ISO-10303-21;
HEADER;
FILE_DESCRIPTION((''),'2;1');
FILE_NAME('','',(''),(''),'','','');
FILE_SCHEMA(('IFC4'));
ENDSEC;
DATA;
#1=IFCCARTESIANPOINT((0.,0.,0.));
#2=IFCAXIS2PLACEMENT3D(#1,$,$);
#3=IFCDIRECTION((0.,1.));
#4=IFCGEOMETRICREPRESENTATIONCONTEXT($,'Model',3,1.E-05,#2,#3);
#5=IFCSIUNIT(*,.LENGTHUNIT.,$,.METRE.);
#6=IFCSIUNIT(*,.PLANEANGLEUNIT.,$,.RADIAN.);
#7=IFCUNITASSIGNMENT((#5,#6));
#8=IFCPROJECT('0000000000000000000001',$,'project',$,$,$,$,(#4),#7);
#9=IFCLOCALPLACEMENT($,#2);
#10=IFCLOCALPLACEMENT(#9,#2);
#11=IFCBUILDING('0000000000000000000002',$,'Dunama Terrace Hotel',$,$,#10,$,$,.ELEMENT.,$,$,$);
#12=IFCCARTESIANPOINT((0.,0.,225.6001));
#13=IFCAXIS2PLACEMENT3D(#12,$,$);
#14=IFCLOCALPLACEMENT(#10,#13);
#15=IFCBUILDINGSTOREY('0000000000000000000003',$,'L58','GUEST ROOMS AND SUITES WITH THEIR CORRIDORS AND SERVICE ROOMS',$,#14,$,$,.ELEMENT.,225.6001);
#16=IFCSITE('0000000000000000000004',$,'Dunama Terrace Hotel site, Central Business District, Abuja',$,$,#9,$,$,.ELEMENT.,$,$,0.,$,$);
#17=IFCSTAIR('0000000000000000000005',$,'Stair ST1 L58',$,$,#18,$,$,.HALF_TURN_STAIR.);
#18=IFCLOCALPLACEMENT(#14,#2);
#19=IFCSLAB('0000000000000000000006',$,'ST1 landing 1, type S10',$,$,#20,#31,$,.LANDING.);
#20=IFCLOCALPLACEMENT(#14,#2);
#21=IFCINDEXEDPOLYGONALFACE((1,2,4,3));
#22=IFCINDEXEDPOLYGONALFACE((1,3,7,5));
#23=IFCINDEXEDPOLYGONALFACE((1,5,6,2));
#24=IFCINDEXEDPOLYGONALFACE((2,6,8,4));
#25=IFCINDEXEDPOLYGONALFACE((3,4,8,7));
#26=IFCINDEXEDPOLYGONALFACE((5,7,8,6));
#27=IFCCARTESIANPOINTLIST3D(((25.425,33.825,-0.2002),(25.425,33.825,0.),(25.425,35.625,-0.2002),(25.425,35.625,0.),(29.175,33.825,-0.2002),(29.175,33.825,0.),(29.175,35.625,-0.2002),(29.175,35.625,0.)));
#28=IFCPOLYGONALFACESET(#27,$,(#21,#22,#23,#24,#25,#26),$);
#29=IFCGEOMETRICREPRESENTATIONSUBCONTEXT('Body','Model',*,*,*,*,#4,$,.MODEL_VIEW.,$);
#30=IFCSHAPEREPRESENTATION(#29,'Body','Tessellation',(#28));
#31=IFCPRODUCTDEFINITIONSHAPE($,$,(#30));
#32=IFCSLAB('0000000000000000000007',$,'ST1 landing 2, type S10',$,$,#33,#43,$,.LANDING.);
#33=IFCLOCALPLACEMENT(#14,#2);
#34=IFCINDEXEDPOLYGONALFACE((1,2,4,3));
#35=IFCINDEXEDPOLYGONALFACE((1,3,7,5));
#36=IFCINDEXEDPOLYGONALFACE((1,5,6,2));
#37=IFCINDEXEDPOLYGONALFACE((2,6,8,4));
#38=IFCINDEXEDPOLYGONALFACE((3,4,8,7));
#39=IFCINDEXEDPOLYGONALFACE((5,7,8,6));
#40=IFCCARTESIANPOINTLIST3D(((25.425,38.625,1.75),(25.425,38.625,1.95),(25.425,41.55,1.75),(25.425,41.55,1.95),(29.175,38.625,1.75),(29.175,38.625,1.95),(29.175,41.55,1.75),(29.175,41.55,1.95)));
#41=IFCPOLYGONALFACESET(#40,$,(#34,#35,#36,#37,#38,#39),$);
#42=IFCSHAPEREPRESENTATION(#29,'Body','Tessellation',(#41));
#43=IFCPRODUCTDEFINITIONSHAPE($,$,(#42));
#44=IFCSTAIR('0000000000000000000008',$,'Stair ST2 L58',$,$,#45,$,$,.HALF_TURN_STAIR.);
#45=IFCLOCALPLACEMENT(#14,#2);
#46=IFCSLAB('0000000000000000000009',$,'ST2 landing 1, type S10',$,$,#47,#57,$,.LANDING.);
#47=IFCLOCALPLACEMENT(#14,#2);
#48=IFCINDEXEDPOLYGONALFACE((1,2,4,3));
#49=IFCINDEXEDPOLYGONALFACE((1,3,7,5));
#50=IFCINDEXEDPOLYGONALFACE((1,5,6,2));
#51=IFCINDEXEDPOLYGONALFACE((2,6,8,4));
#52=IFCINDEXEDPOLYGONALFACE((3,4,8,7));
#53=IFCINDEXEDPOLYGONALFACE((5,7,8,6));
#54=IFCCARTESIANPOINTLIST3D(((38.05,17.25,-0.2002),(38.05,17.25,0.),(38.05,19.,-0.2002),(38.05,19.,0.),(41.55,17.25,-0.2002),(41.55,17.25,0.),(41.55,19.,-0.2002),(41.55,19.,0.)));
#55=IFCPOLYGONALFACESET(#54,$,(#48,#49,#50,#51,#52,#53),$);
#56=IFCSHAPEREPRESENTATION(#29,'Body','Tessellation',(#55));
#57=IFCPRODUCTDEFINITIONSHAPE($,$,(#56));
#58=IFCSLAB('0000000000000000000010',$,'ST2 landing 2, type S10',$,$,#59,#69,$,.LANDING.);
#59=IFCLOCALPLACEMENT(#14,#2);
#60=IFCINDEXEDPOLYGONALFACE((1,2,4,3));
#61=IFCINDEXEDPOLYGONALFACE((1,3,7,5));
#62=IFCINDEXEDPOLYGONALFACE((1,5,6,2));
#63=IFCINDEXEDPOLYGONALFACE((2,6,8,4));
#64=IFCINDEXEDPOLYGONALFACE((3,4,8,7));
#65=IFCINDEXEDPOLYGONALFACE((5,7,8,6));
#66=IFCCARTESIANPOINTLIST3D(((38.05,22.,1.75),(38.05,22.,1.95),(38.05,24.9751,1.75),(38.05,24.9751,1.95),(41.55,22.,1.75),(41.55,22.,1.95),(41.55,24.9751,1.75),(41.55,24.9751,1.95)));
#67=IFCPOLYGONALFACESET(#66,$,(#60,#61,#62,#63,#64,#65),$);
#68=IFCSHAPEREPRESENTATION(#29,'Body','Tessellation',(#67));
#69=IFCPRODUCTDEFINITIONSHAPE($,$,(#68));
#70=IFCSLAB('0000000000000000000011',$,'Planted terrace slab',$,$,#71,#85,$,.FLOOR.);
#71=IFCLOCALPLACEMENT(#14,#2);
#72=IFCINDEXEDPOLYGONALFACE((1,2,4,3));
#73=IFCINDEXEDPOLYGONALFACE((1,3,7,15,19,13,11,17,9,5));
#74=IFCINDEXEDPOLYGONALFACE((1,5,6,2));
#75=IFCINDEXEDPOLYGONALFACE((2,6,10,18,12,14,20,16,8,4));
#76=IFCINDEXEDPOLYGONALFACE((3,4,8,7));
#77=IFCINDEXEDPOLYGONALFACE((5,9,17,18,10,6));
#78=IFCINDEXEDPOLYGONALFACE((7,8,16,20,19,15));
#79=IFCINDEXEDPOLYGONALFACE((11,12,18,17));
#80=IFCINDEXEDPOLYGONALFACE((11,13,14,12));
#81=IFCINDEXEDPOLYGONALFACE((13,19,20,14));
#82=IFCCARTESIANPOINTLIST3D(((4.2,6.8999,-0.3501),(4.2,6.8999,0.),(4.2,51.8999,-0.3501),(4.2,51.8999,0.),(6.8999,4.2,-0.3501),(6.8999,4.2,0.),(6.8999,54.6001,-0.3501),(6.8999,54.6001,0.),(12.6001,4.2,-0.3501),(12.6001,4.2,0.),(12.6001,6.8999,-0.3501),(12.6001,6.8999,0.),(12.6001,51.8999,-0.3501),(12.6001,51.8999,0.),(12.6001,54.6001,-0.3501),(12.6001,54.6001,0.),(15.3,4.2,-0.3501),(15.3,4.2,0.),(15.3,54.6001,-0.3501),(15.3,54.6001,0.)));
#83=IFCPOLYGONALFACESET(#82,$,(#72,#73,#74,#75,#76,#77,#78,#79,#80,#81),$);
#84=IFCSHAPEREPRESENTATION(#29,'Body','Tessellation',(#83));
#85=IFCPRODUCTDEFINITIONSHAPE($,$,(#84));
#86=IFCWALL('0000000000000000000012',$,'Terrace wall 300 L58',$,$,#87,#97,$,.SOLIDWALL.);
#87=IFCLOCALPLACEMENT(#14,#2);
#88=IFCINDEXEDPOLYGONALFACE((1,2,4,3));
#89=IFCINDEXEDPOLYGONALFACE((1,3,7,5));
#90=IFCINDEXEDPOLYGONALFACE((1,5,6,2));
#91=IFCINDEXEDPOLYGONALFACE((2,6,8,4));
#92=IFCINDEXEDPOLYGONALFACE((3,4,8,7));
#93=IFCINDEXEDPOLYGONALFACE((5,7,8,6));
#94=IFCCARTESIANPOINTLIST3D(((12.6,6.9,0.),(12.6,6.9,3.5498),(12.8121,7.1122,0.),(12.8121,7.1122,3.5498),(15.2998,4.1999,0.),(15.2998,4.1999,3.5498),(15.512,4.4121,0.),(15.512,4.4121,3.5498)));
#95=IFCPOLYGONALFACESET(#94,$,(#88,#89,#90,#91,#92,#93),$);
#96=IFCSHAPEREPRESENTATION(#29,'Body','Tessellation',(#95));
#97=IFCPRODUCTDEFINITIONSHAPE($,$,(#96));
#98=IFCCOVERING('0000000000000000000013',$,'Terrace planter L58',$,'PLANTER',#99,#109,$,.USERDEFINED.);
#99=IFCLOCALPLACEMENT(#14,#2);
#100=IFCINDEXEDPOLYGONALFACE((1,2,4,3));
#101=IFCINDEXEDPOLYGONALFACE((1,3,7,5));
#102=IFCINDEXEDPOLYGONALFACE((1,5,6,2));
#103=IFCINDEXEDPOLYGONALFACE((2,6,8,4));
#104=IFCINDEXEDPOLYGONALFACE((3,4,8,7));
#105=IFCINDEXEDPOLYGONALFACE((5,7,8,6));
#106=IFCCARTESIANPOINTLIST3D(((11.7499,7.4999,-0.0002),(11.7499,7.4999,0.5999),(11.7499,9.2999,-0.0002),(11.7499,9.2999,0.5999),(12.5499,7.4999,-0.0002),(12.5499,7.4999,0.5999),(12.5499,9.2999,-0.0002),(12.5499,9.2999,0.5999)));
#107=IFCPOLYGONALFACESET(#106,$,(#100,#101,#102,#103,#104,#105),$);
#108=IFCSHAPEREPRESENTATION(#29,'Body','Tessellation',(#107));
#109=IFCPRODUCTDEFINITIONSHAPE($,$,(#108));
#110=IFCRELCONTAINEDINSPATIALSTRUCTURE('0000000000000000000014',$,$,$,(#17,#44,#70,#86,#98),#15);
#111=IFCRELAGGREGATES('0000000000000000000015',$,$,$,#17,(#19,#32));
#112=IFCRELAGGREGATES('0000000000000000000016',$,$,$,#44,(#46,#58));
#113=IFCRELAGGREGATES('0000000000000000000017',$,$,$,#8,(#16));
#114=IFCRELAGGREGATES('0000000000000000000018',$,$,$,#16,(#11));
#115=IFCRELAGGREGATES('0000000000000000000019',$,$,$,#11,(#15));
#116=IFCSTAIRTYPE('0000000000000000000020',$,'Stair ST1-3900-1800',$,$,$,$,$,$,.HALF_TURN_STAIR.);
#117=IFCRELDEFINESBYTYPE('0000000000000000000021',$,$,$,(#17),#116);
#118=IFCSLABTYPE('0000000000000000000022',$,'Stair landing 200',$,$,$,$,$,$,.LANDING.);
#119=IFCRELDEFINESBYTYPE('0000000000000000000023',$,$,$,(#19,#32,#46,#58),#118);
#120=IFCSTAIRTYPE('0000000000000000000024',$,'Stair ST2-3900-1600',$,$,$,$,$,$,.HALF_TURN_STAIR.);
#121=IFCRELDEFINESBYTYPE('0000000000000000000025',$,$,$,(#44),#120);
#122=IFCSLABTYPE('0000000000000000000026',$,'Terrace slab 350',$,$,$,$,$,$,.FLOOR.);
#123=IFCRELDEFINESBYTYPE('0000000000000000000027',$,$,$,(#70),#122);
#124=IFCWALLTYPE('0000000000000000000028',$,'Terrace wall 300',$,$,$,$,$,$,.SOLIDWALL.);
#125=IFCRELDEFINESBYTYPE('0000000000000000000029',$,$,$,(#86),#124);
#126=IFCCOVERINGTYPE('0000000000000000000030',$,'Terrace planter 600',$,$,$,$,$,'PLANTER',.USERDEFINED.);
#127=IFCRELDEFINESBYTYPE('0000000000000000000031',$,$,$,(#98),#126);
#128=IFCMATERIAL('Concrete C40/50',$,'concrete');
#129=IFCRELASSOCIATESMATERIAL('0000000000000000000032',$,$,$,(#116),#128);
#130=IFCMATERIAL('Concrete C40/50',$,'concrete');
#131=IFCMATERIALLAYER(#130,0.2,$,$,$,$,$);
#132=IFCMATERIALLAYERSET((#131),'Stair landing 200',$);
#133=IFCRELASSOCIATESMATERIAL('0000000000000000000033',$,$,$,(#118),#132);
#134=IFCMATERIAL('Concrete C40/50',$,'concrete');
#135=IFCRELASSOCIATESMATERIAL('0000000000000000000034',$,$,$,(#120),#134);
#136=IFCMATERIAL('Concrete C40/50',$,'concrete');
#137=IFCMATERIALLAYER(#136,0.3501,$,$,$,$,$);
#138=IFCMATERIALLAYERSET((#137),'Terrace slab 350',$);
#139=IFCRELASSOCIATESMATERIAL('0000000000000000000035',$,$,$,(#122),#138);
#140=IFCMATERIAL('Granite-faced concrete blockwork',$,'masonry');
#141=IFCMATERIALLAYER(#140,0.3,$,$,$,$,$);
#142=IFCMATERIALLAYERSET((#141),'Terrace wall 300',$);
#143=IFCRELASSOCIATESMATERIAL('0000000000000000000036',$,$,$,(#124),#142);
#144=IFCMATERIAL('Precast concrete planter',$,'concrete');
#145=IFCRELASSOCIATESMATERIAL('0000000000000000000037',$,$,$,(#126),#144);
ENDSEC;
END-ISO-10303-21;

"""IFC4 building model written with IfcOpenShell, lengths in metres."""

from ifc_helpers import new_model, si_unit, direction, frame, frame_2d, origin, origin_2d, place, context, subcontext, project, spatial, polyline, rectangle, outline, extrude, material, layer, layer_set, type_object, element, aggregate, save


model = new_model("IFC4")

# Units and contexts
model_context = context("Model", 3, precision=1e-05, world=origin(), true_north=direction((0.0, 1.0)))
body_context = subcontext(model_context, "Body", "Model", "MODEL_VIEW")
ifc_project = project(units=[si_unit("LENGTHUNIT", "METRE"), si_unit("PLANEANGLEUNIT", "RADIAN")], contexts=[model_context])

# Site, building, storey
site_placement = place(None, origin())
site = spatial("IfcSite", under=ifc_project, at=site_placement, Name="Dunama Terrace Hotel site, Central Business District, Abuja", CompositionType="ELEMENT", RefElevation=0.0)
building_placement = place(site_placement, origin())
building = spatial("IfcBuilding", under=site, at=building_placement, Name="Dunama Terrace Hotel", CompositionType="ELEMENT")
storey_placement = place(building_placement, frame((0.0, 0.0, 225.6001)))
storey = spatial("IfcBuildingStorey", under=building, at=storey_placement, Name="L58", Description="GUEST ROOMS AND SUITES WITH THEIR CORRIDORS AND SERVICE ROOMS", CompositionType="ELEMENT", Elevation=225.6001)

# Stairs, slabs
ifc_material_1 = material(Name="Concrete C40/50", Category="concrete")
stair_type_1 = type_object("IfcStairType", Name="Stair ST1-3900-1800", PredefinedType="HALF_TURN_STAIR", material=ifc_material_1)
stair_1_placement = place(storey_placement, origin())
stair_1 = element("IfcStair", 1, at=stair_1_placement, inside=storey, type_object=stair_type_1, Name="Stair ST1 L58", PredefinedType="HALF_TURN_STAIR")
ifc_material_2 = material(Name="Concrete C40/50", Category="concrete")
ifc_layer_1 = layer(ifc_material_2, 0.2)
ifc_layer_set_1 = layer_set([ifc_layer_1], Name="Stair landing 200")
slab_type_1 = type_object("IfcSlabType", Name="Stair landing 200", PredefinedType="LANDING", material=ifc_layer_set_1)
slab_1_placement = place(storey_placement, frame((0.0, 0.0, -0.2002)))
slab_1 = element("IfcSlab", 2, at=slab_1_placement, type_object=slab_type_1, Name="ST1 landing 1, type S10", PredefinedType="LANDING", context=body_context, shape_type="SweptSolid", body=[
    extrude(outline(polyline([(25.425, 33.825), (29.175, 33.825), (29.175, 35.625), (25.425, 35.625), (25.425, 33.825)])), origin(), (0.0, 0.0, 1.0), 0.2002),
])
slab_2_placement = place(storey_placement, frame((0.0, 0.0, 1.75)))
slab_2 = element("IfcSlab", 3, at=slab_2_placement, type_object=slab_type_1, Name="ST1 landing 2, type S10", PredefinedType="LANDING", context=body_context, shape_type="SweptSolid", body=[
    extrude(outline(polyline([(25.425, 38.625), (29.175, 38.625), (29.175, 41.55), (25.425, 41.55), (25.425, 38.625)])), origin(), (0.0, 0.0, 1.0), 0.2),
])
aggregate(stair_1, [slab_1, slab_2])
ifc_material_3 = material(Name="Concrete C40/50", Category="concrete")
stair_type_2 = type_object("IfcStairType", Name="Stair ST2-3900-1600", PredefinedType="HALF_TURN_STAIR", material=ifc_material_3)
stair_2_placement = place(storey_placement, origin())
stair_2 = element("IfcStair", 4, at=stair_2_placement, inside=storey, type_object=stair_type_2, Name="Stair ST2 L58", PredefinedType="HALF_TURN_STAIR")
slab_3_placement = place(storey_placement, frame((0.0, 0.0, -0.2002)))
slab_3 = element("IfcSlab", 5, at=slab_3_placement, type_object=slab_type_1, Name="ST2 landing 1, type S10", PredefinedType="LANDING", context=body_context, shape_type="SweptSolid", body=[
    extrude(outline(polyline([(38.05, 17.25), (41.55, 17.25), (41.55, 19.0), (38.05, 19.0), (38.05, 17.25)])), origin(), (0.0, 0.0, 1.0), 0.2002),
])
slab_4_placement = place(storey_placement, frame((0.0, 0.0, 1.75)))
slab_4 = element("IfcSlab", 6, at=slab_4_placement, type_object=slab_type_1, Name="ST2 landing 2, type S10", PredefinedType="LANDING", context=body_context, shape_type="SweptSolid", body=[
    extrude(outline(polyline([(38.05, 22.0), (41.55, 22.0), (41.55, 24.9751), (38.05, 24.9751), (38.05, 22.0)])), origin(), (0.0, 0.0, 1.0), 0.2),
])
aggregate(stair_2, [slab_3, slab_4])

# Slab
ifc_material_4 = material(Name="Concrete C40/50", Category="concrete")
ifc_layer_2 = layer(ifc_material_4, 0.3501)
ifc_layer_set_2 = layer_set([ifc_layer_2], Name="Terrace slab 350")
slab_type_2 = type_object("IfcSlabType", Name="Terrace slab 350", PredefinedType="FLOOR", material=ifc_layer_set_2)
slab_5_placement = place(storey_placement, frame((0.0, 0.0, -0.3501)))
element("IfcSlab", 7, at=slab_5_placement, inside=storey, type_object=slab_type_2, Name="Planted terrace slab", PredefinedType="FLOOR", context=body_context, shape_type="SweptSolid", body=[
    extrude(outline(polyline([(6.8999, 54.6001), (12.6001, 54.6001), (15.3, 54.6001), (12.6001, 51.8999), (12.6001, 6.8999), (15.3, 4.2), (12.6001, 4.2), (6.8999, 4.2), (4.2, 6.8999), (4.2, 51.8999), (6.8999, 54.6001)])), origin(), (0.0, 0.0, 1.0), 0.3501),
])

# Wall
ifc_material_5 = material(Name="Granite-faced concrete blockwork", Category="masonry")
ifc_layer_3 = layer(ifc_material_5, 0.3)
ifc_layer_set_3 = layer_set([ifc_layer_3], Name="Terrace wall 300")
wall_type = type_object("IfcWallType", Name="Terrace wall 300", PredefinedType="SOLIDWALL", material=ifc_layer_set_3)
wall_placement = place(storey_placement, frame((12.7061, 7.0061, 0.0), z_axis=(0.0, 0.0, 1.0), x_axis=(0.707075, -0.707139, 0.0)))
element("IfcWall", 8, at=wall_placement, inside=storey, type_object=wall_type, Name="Terrace wall 300 L58", PredefinedType="SOLIDWALL", context=body_context, shape_type="SweptSolid", body=[
    extrude(rectangle(XDim=3.8184, YDim=0.3, at=frame_2d((1.9092, 0.0))), origin(), (0.0, 0.0, 1.0), 3.5498),
])

# Covering
ifc_material_6 = material(Name="Precast concrete planter", Category="concrete")
covering_type = type_object("IfcCoveringType", Name="Terrace planter 600", ElementType="PLANTER", PredefinedType="USERDEFINED", material=ifc_material_6)
covering_placement = place(storey_placement, frame((12.1499, 8.3999, -0.0002), z_axis=(0.0, 0.0, 1.0), x_axis=(1.0, 0.0, 0.0)))
element("IfcCovering", 9, at=covering_placement, inside=storey, type_object=covering_type, Name="Terrace planter L58", ObjectType="PLANTER", PredefinedType="USERDEFINED", context=body_context, shape_type="SweptSolid", body=[
    extrude(rectangle(XDim=0.8, YDim=1.8, at=origin_2d()), origin(), (0.0, 0.0, 1.0), 0.6001),
])

save(model, "model.ifc")
